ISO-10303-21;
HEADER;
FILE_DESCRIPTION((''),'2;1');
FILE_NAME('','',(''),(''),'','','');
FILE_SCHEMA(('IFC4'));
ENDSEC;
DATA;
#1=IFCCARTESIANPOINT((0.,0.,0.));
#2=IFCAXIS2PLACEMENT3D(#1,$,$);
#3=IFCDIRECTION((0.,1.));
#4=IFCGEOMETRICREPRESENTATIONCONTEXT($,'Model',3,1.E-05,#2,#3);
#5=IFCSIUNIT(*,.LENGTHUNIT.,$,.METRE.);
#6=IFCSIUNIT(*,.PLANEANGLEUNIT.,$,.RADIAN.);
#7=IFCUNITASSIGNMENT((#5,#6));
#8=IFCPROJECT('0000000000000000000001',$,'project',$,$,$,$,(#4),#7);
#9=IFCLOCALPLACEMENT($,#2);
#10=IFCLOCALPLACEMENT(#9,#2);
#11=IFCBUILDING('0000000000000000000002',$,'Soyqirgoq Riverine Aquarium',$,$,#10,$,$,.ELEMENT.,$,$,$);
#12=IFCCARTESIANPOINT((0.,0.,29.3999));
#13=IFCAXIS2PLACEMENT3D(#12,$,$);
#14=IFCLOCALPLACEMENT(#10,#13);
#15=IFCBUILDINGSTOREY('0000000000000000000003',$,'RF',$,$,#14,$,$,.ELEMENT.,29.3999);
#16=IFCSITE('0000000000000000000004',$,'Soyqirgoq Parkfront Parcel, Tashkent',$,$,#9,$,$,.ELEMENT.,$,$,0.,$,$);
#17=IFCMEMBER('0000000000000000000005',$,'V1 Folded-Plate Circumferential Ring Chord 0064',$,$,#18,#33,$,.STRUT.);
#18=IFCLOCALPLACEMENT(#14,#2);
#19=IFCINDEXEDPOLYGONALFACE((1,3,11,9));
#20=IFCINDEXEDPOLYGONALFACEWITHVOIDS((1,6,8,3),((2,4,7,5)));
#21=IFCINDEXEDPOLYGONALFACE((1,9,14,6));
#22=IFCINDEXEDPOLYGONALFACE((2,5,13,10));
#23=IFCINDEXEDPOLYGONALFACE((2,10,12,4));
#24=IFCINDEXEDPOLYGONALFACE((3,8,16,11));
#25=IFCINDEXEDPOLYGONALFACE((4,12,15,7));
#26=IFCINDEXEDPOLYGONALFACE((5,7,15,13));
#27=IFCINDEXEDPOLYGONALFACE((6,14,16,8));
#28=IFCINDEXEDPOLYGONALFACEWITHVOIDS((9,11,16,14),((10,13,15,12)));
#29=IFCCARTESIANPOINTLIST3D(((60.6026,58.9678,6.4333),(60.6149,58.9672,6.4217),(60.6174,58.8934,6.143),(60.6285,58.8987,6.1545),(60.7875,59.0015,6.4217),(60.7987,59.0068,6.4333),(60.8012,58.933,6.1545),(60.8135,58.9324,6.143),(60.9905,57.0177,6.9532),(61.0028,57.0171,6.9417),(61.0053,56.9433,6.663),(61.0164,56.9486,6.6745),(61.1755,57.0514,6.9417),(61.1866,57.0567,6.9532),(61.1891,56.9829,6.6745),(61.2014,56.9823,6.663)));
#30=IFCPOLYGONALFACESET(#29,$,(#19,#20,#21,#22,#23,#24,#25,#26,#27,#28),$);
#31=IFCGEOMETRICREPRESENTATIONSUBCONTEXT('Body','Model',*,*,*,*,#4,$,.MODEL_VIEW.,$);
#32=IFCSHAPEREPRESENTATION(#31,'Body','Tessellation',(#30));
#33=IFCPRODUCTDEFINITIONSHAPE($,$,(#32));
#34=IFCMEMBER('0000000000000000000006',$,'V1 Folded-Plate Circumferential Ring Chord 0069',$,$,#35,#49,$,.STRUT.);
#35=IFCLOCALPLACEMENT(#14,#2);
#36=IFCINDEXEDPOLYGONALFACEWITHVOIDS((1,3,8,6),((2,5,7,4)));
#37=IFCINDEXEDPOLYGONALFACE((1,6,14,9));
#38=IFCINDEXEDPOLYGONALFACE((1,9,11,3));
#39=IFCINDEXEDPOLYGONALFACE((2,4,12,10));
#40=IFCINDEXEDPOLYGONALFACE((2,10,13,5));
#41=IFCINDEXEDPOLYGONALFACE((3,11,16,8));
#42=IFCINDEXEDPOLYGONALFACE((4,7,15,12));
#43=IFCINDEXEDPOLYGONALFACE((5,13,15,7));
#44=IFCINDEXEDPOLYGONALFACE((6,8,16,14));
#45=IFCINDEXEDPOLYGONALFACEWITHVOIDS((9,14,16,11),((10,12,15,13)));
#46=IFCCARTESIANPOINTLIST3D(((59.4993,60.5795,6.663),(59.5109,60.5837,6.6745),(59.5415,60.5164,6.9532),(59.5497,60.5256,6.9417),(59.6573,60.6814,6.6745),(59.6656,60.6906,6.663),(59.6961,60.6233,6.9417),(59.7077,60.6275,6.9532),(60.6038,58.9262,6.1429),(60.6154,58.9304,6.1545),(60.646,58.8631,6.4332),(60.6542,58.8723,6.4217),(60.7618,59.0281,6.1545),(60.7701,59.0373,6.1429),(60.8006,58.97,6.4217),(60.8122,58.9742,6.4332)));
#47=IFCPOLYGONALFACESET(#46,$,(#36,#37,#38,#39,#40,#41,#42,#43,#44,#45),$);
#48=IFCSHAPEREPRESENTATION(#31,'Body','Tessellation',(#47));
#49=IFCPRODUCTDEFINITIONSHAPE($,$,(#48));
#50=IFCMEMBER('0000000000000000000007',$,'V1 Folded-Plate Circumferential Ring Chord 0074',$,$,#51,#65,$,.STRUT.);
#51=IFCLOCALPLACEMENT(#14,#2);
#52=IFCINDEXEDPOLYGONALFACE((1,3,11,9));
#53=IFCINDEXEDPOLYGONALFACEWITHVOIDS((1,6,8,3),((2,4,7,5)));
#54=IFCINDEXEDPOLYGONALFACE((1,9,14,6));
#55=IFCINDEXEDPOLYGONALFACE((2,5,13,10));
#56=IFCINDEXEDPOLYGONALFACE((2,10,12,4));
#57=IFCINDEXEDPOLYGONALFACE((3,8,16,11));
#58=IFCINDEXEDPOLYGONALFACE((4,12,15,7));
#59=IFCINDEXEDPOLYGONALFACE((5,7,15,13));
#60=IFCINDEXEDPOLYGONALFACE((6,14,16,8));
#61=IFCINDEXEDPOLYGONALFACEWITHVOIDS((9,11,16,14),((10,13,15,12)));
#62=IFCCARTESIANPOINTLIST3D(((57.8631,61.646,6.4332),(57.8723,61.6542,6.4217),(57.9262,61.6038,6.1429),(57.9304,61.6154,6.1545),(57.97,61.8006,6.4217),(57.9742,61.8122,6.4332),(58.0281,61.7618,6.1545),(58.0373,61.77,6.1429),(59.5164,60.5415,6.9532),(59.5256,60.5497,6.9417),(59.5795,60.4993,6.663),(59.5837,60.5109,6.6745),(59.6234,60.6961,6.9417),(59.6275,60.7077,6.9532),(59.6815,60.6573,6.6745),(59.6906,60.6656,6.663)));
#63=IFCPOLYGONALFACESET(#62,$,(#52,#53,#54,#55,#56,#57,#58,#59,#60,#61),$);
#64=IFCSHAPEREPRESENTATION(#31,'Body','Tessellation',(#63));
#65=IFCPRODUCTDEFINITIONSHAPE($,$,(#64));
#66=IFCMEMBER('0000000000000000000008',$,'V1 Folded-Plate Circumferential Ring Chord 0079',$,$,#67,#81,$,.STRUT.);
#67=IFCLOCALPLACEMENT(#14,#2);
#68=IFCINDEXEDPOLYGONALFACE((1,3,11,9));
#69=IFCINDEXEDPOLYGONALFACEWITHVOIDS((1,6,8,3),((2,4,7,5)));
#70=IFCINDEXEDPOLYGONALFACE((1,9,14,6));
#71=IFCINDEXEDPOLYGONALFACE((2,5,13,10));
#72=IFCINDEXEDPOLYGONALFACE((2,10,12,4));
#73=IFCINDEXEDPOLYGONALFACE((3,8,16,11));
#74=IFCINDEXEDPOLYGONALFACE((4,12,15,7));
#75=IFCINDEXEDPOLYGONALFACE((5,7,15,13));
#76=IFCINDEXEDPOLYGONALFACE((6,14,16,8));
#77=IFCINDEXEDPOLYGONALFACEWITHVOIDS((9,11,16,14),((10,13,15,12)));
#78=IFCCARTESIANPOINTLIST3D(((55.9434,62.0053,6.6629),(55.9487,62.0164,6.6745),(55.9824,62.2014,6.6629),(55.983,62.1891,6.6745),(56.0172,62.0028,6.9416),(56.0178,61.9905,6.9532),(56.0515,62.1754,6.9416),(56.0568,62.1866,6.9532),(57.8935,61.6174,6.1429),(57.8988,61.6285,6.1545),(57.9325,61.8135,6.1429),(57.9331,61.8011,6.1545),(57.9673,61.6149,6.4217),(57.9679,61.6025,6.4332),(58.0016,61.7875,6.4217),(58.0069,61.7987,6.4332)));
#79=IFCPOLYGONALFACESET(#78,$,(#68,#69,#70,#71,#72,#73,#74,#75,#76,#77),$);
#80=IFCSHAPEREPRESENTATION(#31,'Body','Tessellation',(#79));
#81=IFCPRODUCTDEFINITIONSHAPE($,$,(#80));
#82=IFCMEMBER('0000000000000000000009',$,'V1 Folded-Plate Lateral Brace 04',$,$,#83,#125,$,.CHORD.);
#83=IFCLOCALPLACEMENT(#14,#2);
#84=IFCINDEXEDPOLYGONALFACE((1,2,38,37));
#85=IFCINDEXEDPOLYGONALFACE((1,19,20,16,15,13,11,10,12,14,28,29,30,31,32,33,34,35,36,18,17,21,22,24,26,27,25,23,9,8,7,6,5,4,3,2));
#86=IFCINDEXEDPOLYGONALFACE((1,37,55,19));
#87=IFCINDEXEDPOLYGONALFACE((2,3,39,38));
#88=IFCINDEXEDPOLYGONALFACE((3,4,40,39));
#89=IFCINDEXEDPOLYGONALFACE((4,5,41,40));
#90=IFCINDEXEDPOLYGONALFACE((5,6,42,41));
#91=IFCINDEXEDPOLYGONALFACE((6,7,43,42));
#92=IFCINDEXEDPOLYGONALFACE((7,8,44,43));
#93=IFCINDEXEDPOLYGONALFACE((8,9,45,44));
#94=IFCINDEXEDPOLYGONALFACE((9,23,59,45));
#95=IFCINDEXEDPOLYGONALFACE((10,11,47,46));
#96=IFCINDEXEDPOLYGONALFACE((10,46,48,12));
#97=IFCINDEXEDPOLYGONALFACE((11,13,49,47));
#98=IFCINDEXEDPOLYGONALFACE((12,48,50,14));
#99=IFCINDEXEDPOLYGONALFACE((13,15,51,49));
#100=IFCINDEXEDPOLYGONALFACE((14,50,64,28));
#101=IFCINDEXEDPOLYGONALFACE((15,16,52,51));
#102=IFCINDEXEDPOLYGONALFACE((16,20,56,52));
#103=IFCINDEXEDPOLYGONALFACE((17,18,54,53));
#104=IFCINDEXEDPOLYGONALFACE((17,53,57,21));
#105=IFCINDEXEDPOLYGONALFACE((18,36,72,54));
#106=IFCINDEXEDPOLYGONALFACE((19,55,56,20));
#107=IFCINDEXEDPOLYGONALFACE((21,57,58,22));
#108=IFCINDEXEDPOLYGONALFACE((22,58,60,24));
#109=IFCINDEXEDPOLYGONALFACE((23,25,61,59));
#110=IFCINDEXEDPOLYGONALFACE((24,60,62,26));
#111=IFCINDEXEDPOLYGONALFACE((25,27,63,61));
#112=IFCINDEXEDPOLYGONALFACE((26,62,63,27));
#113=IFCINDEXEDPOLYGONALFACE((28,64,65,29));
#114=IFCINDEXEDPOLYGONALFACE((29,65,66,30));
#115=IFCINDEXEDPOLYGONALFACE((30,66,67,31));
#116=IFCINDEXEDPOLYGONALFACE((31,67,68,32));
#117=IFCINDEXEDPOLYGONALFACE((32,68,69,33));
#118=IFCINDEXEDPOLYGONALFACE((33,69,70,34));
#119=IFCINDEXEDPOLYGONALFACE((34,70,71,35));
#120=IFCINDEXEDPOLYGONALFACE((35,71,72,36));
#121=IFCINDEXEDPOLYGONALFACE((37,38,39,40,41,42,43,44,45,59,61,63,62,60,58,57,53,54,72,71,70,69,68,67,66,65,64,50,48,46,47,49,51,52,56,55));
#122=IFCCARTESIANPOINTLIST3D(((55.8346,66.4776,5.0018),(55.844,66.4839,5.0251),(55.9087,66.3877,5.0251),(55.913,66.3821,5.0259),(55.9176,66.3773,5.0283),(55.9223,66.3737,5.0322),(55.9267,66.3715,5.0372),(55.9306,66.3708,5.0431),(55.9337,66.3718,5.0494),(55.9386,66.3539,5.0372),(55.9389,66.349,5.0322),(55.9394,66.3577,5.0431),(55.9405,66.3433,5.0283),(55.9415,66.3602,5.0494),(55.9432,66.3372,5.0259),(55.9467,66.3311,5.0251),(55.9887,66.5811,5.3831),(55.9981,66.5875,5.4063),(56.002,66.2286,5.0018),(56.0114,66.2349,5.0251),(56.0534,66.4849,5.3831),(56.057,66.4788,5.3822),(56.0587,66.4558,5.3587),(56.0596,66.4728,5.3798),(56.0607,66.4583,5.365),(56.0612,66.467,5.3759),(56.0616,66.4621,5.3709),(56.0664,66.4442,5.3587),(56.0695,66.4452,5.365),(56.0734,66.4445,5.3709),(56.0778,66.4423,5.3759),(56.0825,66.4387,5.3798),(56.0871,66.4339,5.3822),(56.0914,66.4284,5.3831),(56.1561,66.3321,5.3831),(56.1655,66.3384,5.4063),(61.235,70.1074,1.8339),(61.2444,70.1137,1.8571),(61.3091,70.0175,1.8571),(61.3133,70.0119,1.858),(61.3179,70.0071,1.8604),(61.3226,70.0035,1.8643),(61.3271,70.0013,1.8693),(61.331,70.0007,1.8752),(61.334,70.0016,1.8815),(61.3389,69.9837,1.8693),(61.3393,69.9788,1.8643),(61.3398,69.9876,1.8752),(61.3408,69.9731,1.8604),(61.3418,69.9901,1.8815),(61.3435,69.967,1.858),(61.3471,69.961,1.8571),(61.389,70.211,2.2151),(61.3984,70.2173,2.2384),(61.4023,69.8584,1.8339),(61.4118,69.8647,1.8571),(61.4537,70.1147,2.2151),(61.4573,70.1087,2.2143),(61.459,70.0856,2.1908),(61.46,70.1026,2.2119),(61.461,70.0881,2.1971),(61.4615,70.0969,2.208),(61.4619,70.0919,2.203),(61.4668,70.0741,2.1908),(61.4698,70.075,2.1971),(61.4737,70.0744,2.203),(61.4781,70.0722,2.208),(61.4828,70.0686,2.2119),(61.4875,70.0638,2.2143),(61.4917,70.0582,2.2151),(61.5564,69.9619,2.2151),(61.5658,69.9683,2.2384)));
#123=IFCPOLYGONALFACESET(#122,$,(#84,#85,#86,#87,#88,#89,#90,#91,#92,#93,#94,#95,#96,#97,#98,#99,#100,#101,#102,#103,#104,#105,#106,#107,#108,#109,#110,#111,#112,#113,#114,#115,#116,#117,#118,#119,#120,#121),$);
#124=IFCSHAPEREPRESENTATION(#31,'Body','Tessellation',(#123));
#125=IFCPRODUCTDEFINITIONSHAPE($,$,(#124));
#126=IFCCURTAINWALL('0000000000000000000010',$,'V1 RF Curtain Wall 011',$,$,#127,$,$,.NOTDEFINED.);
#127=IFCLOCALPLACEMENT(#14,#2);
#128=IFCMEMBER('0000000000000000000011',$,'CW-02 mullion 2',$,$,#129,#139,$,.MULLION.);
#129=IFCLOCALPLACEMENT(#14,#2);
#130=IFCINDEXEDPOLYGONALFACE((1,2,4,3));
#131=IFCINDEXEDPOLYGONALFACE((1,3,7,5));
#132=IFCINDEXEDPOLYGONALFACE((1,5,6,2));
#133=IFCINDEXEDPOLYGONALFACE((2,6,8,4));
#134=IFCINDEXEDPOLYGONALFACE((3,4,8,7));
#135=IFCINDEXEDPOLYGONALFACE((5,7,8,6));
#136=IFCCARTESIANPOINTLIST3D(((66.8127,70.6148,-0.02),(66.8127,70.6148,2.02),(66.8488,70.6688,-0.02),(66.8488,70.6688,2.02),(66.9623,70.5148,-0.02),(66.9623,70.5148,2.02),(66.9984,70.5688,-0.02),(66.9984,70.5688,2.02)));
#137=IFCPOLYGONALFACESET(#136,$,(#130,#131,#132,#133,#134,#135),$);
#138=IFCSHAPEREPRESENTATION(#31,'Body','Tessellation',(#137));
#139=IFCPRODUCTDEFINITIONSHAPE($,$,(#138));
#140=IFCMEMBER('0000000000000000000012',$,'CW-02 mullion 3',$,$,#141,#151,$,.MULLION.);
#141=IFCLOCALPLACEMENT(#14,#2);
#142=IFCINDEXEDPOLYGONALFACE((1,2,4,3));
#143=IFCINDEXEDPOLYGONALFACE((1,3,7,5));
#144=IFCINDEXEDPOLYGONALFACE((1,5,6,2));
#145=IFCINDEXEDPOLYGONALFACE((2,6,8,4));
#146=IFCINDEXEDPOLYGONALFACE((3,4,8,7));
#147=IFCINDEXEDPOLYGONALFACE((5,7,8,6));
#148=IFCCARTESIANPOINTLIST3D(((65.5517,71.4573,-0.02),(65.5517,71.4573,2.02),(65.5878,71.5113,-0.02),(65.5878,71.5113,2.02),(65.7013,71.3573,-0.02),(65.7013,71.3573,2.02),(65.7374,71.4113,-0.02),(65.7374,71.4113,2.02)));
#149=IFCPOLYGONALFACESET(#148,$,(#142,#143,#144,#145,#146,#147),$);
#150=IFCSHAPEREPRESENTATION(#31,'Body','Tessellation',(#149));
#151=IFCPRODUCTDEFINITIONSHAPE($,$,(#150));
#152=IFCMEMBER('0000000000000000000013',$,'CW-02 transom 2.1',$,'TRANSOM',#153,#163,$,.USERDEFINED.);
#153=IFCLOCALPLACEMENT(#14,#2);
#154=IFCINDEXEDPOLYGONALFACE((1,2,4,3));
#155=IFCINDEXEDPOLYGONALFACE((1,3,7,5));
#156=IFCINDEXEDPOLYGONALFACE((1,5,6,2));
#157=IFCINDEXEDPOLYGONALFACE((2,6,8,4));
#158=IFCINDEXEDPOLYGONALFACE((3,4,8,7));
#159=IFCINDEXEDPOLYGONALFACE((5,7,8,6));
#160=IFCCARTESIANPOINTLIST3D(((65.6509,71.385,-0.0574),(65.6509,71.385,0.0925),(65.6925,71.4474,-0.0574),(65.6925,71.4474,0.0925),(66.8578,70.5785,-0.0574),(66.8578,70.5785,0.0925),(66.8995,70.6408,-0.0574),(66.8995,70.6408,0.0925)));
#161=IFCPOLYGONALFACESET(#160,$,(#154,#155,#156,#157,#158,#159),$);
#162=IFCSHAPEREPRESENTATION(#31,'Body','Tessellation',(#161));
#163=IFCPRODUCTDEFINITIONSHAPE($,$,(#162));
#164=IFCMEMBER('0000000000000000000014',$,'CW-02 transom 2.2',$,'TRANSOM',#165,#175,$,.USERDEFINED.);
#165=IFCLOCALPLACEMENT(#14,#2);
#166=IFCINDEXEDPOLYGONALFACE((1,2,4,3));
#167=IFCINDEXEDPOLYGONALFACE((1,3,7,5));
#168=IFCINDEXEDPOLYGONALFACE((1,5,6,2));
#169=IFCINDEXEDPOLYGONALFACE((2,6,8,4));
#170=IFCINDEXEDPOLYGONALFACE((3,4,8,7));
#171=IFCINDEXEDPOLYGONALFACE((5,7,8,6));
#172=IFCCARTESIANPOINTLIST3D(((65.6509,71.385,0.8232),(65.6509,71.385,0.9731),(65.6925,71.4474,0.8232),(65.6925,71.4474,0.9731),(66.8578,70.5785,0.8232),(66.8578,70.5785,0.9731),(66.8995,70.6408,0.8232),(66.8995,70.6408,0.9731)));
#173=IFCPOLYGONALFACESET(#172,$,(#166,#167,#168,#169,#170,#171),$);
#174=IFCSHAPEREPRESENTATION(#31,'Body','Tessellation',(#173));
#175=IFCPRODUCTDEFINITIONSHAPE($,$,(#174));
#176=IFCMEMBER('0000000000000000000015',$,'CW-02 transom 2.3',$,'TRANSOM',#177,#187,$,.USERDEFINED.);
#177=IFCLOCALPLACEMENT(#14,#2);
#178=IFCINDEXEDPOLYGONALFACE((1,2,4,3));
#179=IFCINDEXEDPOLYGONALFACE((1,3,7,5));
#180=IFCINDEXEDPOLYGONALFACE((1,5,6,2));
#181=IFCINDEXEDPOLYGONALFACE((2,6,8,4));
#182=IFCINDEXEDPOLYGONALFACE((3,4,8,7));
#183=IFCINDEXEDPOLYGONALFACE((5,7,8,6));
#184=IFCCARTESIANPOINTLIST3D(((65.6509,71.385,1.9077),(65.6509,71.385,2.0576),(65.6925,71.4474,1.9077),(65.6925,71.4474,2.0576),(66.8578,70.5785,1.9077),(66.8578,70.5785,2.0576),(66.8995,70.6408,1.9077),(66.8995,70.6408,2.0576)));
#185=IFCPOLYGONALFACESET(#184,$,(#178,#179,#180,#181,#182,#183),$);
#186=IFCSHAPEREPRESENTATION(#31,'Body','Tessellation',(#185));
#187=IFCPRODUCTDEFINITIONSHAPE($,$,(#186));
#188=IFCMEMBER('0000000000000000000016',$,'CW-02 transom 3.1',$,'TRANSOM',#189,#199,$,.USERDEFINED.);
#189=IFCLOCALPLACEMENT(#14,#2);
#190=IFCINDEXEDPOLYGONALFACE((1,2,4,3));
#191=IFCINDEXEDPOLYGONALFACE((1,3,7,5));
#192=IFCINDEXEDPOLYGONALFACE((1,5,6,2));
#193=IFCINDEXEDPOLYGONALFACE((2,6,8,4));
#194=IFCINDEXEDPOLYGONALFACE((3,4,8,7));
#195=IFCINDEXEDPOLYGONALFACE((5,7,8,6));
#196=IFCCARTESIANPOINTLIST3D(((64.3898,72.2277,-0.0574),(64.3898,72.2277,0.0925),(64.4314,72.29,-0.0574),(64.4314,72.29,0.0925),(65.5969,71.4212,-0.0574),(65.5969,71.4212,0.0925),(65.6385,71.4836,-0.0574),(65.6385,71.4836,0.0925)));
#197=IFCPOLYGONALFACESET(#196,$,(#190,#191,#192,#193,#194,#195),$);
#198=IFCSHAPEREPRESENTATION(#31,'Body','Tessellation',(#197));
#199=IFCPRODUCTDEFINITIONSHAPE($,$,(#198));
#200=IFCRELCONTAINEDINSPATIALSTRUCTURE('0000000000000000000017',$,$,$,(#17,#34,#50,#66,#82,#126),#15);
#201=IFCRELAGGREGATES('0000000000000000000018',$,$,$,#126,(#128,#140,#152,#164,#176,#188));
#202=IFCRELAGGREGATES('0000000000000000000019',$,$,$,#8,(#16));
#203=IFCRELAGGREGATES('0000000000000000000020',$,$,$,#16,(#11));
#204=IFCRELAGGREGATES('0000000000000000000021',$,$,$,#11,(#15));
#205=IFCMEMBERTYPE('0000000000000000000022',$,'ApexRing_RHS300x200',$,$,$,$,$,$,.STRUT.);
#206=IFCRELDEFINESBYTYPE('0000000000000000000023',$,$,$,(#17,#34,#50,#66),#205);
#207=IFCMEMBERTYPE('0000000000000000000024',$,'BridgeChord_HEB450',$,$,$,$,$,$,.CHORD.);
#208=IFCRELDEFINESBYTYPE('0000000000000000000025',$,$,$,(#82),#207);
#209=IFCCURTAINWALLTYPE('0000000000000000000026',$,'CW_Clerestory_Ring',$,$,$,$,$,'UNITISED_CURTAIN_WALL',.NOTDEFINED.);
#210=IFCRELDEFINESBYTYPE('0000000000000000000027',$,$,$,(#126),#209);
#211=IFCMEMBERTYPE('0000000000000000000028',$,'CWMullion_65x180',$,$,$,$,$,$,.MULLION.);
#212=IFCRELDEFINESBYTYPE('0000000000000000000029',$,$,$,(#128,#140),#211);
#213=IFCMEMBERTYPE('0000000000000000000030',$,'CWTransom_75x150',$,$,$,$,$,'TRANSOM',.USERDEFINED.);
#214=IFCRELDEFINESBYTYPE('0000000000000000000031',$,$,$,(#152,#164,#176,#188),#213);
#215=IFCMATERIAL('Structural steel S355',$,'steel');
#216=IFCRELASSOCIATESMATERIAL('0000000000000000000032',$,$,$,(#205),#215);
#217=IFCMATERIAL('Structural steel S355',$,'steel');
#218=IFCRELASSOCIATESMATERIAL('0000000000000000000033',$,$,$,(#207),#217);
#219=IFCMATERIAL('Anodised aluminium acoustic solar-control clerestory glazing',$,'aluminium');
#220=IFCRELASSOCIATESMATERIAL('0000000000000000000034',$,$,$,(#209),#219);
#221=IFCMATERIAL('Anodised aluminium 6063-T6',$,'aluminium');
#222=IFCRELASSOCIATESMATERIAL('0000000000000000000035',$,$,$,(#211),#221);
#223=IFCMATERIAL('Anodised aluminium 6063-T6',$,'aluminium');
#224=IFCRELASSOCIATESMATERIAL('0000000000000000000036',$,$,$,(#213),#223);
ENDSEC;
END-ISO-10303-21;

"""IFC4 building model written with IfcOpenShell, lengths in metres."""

from ifc_helpers import new_model, si_unit, direction, frame, origin, origin_2d, place, context, subcontext, project, spatial, rectangle, hollow_rectangle, i_section, extrude, material, material_profile, profile_set, type_object, element, aggregate, save


model = new_model("IFC4")

# Units and contexts
model_context = context("Model", 3, precision=1e-05, world=origin(), true_north=direction((0.0, 1.0)))
body_context = subcontext(model_context, "Body", "Model", "MODEL_VIEW")
ifc_project = project(units=[si_unit("LENGTHUNIT", "METRE"), si_unit("PLANEANGLEUNIT", "RADIAN")], contexts=[model_context])

# Site, building, storey
site_placement = place(None, origin())
site = spatial("IfcSite", under=ifc_project, at=site_placement, Name="Soyqirgoq Parkfront Parcel, Tashkent", CompositionType="ELEMENT", RefElevation=0.0)
building_placement = place(site_placement, origin())
building = spatial("IfcBuilding", under=site, at=building_placement, Name="Soyqirgoq Riverine Aquarium", CompositionType="ELEMENT")
storey_placement = place(building_placement, frame((0.0, 0.0, 29.3999)))
storey = spatial("IfcBuildingStorey", under=building, at=storey_placement, Name="RF", CompositionType="ELEMENT", Elevation=29.3999)

# Members
ifc_material_1 = material(Name="Structural steel S355", Category="steel")
ifc_material_profile_1 = material_profile(ifc_material_1, hollow_rectangle(XDim=0.2, YDim=0.3, WallThickness=0.012, at=origin_2d()), Name="RHS 300x200x12")
ifc_profile_set_1 = profile_set([ifc_material_profile_1], Name="Structural steel S355")
member_type_1 = type_object("IfcMemberType", Name="ApexRing_RHS300x200", PredefinedType="STRUT", material=ifc_profile_set_1)
for number, where, z_axis, x_axis, name in (
    (1, (61.0959, 57.0, 6.8081), (-0.188753, 0.948871, -0.253016), (-0.980783, -0.195101, 0.0), "V1 Folded-Plate Circumferential Ring Chord 0064"),
    (2, (60.708, 58.9502, 6.2881), (-0.537417, 0.804462, 0.253028), (-0.831521, -0.555493, 0.0), "V1 Folded-Plate Circumferential Ring Chord 0069"),
    (3, (59.6035, 60.6035, 6.8081), (-0.804462, 0.537417, -0.253028), (-0.555493, -0.831521, 0.0), "V1 Folded-Plate Circumferential Ring Chord 0074"),
    (4, (57.9502, 61.708, 6.2881), (-0.948871, 0.188753, 0.253016), (-0.195101, -0.980783, 0.0), "V1 Folded-Plate Circumferential Ring Chord 0079"),
):
    element("IfcMember", number, at=place(storey_placement, frame(where, z_axis=z_axis, x_axis=x_axis)), inside=storey, type_object=member_type_1, Name=name, PredefinedType="STRUT", context=body_context, shape_type="SweptSolid", body=[
        extrude(hollow_rectangle(XDim=0.2, YDim=0.3, WallThickness=0.012, at=origin_2d()), origin(), (0.0, 0.0, 1.0), 2.0552),
    ])
ifc_material_2 = material(Name="Structural steel S355", Category="steel")
ifc_material_profile_2 = material_profile(ifc_material_2, i_section(OverallWidth=0.3, OverallDepth=0.45, WebThickness=0.0139, FlangeThickness=0.0259, FilletRadius=0.0271, at=origin_2d()), Name="HEB 450")
ifc_profile_set_2 = profile_set([ifc_material_profile_2], Name="Structural steel S355")
member_type_2 = type_object("IfcMemberType", Name="BridgeChord_HEB450", PredefinedType="CHORD", material=ifc_profile_set_2)
member_1_placement = place(storey_placement, frame((61.4004, 70.0378, 2.0361), z_axis=(-0.746204, -0.501563, 0.437737), x_axis=(0.557848, -0.829943, 0.0)))
element("IfcMember", 5, at=member_1_placement, inside=storey, type_object=member_type_2, Name="V1 Folded-Plate Lateral Brace 04", PredefinedType="CHORD", context=body_context, shape_type="SweptSolid", body=[
    extrude(i_section(OverallWidth=0.3, OverallDepth=0.45, WebThickness=0.0139, FlangeThickness=0.0259, FilletRadius=0.0271, at=origin_2d()), origin(), (0.0, 0.0, 1.0), 7.2371),
])

# Curtain wall, members
ifc_material_3 = material(Name="Anodised aluminium acoustic solar-control clerestory glazing", Category="aluminium")
curtain_wall_type = type_object("IfcCurtainWallType", Name="CW_Clerestory_Ring", ElementType="UNITISED_CURTAIN_WALL", PredefinedType="NOTDEFINED", material=ifc_material_3)
curtain_wall_placement = place(storey_placement, origin())
curtain_wall = element("IfcCurtainWall", 6, at=curtain_wall_placement, inside=storey, type_object=curtain_wall_type, Name="V1 RF Curtain Wall 011", PredefinedType="NOTDEFINED")
ifc_material_4 = material(Name="Anodised aluminium 6063-T6", Category="aluminium")
ifc_material_profile_3 = material_profile(ifc_material_4, rectangle(XDim=0.0649, YDim=0.1799, at=origin_2d()), Name="ALU-M 65x180")
ifc_profile_set_3 = profile_set([ifc_material_profile_3], Name="Anodised aluminium 6063-T6")
member_type_3 = type_object("IfcMemberType", Name="CWMullion_65x180", PredefinedType="MULLION", material=ifc_profile_set_3)
member_2_placement = place(storey_placement, frame((66.9055, 70.5918, -0.02), z_axis=(0.0, 0.0, 1.0), x_axis=(-0.555579, -0.831464, 0.0)))
member_2 = element("IfcMember", 7, at=member_2_placement, type_object=member_type_3, Name="CW-02 mullion 2", PredefinedType="MULLION", context=body_context, shape_type="SweptSolid", body=[
    extrude(rectangle(XDim=0.0649, YDim=0.1799, at=origin_2d()), origin(), (0.0, 0.0, 1.0), 2.04),
])
member_3_placement = place(storey_placement, frame((65.6445, 71.4343, -0.02), z_axis=(0.0, 0.0, 1.0), x_axis=(-0.555579, -0.831464, 0.0)))
member_3 = element("IfcMember", 8, at=member_3_placement, type_object=member_type_3, Name="CW-02 mullion 3", PredefinedType="MULLION", context=body_context, shape_type="SweptSolid", body=[
    extrude(rectangle(XDim=0.0649, YDim=0.1799, at=origin_2d()), origin(), (0.0, 0.0, 1.0), 2.04),
])
ifc_material_5 = material(Name="Anodised aluminium 6063-T6", Category="aluminium")
ifc_material_profile_4 = material_profile(ifc_material_5, rectangle(XDim=0.075, YDim=0.1499, at=origin_2d()), Name="ALU-T 75x150")
ifc_profile_set_4 = profile_set([ifc_material_profile_4], Name="Anodised aluminium 6063-T6")
member_type_4 = type_object("IfcMemberType", Name="CWTransom_75x150", ElementType="TRANSOM", PredefinedType="USERDEFINED", material=ifc_profile_set_4)
member_4_placement = place(storey_placement, frame((66.8787, 70.6096, 0.0176), z_axis=(-0.831429, 0.555631, 0.0), x_axis=(-0.555631, -0.831429, 0.0)))
member_4 = element("IfcMember", 9, at=member_4_placement, type_object=member_type_4, Name="CW-02 transom 2.1", ObjectType="TRANSOM", PredefinedType="USERDEFINED", context=body_context, shape_type="SweptSolid", body=[
    extrude(rectangle(XDim=0.075, YDim=0.1499, at=origin_2d()), origin(), (0.0, 0.0, 1.0), 1.4517),
])
member_5_placement = place(storey_placement, frame((66.8787, 70.6096, 0.8982), z_axis=(-0.831429, 0.555631, 0.0), x_axis=(-0.555631, -0.831429, 0.0)))
member_5 = element("IfcMember", 10, at=member_5_placement, type_object=member_type_4, Name="CW-02 transom 2.2", ObjectType="TRANSOM", PredefinedType="USERDEFINED", context=body_context, shape_type="SweptSolid", body=[
    extrude(rectangle(XDim=0.075, YDim=0.1499, at=origin_2d()), origin(), (0.0, 0.0, 1.0), 1.4517),
])
member_6_placement = place(storey_placement, frame((66.8787, 70.6096, 1.9827), z_axis=(-0.831429, 0.555631, 0.0), x_axis=(-0.555631, -0.831429, 0.0)))
member_6 = element("IfcMember", 11, at=member_6_placement, type_object=member_type_4, Name="CW-02 transom 2.3", ObjectType="TRANSOM", PredefinedType="USERDEFINED", context=body_context, shape_type="SweptSolid", body=[
    extrude(rectangle(XDim=0.075, YDim=0.1499, at=origin_2d()), origin(), (0.0, 0.0, 1.0), 1.4517),
])
member_7_placement = place(storey_placement, frame((65.6177, 71.4524, 0.0176), z_axis=(-0.831507, 0.555515, 0.0), x_axis=(-0.555515, -0.831507, 0.0)))
member_7 = element("IfcMember", 12, at=member_7_placement, type_object=member_type_4, Name="CW-02 transom 3.1", ObjectType="TRANSOM", PredefinedType="USERDEFINED", context=body_context, shape_type="SweptSolid", body=[
    extrude(rectangle(XDim=0.075, YDim=0.1499, at=origin_2d()), origin(), (0.0, 0.0, 1.0), 1.4517),
])

aggregate(curtain_wall, [member_2, member_3, member_4, member_5, member_6, member_7])

save(model, "model.ifc")
